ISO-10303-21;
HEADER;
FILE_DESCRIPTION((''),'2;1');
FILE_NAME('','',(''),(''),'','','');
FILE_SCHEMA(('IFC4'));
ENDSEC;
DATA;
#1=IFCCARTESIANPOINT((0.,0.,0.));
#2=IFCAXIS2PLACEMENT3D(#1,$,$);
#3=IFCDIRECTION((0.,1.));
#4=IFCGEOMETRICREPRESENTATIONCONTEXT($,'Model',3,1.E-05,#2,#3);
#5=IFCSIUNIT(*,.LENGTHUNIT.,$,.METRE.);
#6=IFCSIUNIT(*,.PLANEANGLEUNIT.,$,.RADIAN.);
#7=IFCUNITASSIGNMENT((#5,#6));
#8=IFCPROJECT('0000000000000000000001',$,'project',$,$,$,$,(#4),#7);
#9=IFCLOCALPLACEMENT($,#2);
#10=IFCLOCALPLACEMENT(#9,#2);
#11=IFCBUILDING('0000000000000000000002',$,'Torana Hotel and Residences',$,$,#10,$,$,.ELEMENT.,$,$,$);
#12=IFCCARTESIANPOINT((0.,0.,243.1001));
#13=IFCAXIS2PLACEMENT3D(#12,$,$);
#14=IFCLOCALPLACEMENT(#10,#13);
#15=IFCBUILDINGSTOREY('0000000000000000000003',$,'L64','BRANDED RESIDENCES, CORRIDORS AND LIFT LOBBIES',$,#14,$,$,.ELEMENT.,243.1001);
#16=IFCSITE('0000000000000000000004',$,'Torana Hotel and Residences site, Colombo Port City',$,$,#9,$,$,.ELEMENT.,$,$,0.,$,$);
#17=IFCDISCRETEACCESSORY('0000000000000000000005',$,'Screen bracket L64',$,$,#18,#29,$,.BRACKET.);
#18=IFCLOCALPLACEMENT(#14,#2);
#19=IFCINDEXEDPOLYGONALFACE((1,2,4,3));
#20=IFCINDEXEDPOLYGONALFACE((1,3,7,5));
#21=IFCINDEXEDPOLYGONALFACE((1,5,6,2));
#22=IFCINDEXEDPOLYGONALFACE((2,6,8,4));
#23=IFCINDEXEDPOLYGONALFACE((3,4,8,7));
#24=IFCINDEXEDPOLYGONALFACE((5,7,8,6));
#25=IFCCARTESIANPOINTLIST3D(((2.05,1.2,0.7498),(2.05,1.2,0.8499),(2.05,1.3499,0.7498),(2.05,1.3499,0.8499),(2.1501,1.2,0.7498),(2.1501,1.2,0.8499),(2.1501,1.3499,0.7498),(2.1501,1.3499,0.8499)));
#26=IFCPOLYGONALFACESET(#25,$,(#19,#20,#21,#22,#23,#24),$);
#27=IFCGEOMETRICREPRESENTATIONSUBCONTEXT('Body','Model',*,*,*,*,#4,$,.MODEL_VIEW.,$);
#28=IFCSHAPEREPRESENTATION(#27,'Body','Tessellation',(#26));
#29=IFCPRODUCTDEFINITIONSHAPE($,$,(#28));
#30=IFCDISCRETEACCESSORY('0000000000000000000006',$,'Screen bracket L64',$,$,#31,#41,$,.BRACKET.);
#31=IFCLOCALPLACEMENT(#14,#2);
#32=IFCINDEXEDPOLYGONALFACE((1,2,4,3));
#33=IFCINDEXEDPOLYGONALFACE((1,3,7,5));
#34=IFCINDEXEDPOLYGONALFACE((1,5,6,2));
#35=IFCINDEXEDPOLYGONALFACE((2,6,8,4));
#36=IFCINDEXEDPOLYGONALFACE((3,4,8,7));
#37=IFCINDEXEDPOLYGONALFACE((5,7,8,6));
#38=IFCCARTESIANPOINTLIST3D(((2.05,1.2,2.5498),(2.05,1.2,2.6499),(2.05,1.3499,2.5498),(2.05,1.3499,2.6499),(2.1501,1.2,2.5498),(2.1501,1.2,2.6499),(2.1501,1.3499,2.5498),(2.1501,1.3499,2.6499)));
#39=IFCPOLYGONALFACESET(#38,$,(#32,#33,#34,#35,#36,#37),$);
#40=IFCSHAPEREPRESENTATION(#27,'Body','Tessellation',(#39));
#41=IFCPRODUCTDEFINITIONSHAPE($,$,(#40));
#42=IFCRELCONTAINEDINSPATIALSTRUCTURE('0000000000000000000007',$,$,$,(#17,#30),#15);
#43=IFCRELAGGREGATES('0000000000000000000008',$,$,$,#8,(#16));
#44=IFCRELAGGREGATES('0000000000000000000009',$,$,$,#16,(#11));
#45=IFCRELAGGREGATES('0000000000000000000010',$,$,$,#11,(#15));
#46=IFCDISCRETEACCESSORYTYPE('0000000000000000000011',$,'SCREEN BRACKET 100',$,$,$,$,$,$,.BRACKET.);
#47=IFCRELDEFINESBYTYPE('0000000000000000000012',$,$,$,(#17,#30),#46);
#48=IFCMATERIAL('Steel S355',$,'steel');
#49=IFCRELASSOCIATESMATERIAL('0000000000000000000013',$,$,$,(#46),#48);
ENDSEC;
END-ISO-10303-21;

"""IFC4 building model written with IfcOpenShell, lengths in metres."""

from ifc_helpers import new_model, si_unit, direction, frame, origin, origin_2d, place, context, subcontext, project, spatial, rectangle, extrude, material, type_object, element, save


model = new_model("IFC4")

# Units and contexts
model_context = context("Model", 3, precision=1e-05, world=origin(), true_north=direction((0.0, 1.0)))
body_context = subcontext(model_context, "Body", "Model", "MODEL_VIEW")
ifc_project = project(units=[si_unit("LENGTHUNIT", "METRE"), si_unit("PLANEANGLEUNIT", "RADIAN")], contexts=[model_context])

# Site, building, storey
site_placement = place(None, origin())
site = spatial("IfcSite", under=ifc_project, at=site_placement, Name="Torana Hotel and Residences site, Colombo Port City", CompositionType="ELEMENT", RefElevation=0.0)
building_placement = place(site_placement, origin())
building = spatial("IfcBuilding", under=site, at=building_placement, Name="Torana Hotel and Residences", CompositionType="ELEMENT")
storey_placement = place(building_placement, frame((0.0, 0.0, 243.1001)))
storey = spatial("IfcBuildingStorey", under=building, at=storey_placement, Name="L64", Description="BRANDED RESIDENCES, CORRIDORS AND LIFT LOBBIES", CompositionType="ELEMENT", Elevation=243.1001)

# Discrete accessories
ifc_material_1 = material(Name="Steel S355", Category="steel")
discrete_accessory_type = type_object("IfcDiscreteAccessoryType", Name="SCREEN BRACKET 100", PredefinedType="BRACKET", material=ifc_material_1)
for number, where, z_axis, x_axis, name in (
    (1, (2.1001, 1.2749, 0.7498), (0.0, 0.0, 1.0), (-1.0, 0.0, 0.0), "Screen bracket L64"),
    (2, (2.1001, 1.2749, 2.5498), (0.0, 0.0, 1.0), (-1.0, 0.0, 0.0), "Screen bracket L64"),
):
    element("IfcDiscreteAccessory", number, at=place(storey_placement, frame(where, z_axis=z_axis, x_axis=x_axis)), inside=storey, type_object=discrete_accessory_type, Name=name, PredefinedType="BRACKET", context=body_context, shape_type="SweptSolid", body=[
        extrude(rectangle(XDim=0.1001, YDim=0.1499, at=origin_2d()), origin(), (0.0, 0.0, 1.0), 0.1001),
    ])

save(model, "model.ifc")
